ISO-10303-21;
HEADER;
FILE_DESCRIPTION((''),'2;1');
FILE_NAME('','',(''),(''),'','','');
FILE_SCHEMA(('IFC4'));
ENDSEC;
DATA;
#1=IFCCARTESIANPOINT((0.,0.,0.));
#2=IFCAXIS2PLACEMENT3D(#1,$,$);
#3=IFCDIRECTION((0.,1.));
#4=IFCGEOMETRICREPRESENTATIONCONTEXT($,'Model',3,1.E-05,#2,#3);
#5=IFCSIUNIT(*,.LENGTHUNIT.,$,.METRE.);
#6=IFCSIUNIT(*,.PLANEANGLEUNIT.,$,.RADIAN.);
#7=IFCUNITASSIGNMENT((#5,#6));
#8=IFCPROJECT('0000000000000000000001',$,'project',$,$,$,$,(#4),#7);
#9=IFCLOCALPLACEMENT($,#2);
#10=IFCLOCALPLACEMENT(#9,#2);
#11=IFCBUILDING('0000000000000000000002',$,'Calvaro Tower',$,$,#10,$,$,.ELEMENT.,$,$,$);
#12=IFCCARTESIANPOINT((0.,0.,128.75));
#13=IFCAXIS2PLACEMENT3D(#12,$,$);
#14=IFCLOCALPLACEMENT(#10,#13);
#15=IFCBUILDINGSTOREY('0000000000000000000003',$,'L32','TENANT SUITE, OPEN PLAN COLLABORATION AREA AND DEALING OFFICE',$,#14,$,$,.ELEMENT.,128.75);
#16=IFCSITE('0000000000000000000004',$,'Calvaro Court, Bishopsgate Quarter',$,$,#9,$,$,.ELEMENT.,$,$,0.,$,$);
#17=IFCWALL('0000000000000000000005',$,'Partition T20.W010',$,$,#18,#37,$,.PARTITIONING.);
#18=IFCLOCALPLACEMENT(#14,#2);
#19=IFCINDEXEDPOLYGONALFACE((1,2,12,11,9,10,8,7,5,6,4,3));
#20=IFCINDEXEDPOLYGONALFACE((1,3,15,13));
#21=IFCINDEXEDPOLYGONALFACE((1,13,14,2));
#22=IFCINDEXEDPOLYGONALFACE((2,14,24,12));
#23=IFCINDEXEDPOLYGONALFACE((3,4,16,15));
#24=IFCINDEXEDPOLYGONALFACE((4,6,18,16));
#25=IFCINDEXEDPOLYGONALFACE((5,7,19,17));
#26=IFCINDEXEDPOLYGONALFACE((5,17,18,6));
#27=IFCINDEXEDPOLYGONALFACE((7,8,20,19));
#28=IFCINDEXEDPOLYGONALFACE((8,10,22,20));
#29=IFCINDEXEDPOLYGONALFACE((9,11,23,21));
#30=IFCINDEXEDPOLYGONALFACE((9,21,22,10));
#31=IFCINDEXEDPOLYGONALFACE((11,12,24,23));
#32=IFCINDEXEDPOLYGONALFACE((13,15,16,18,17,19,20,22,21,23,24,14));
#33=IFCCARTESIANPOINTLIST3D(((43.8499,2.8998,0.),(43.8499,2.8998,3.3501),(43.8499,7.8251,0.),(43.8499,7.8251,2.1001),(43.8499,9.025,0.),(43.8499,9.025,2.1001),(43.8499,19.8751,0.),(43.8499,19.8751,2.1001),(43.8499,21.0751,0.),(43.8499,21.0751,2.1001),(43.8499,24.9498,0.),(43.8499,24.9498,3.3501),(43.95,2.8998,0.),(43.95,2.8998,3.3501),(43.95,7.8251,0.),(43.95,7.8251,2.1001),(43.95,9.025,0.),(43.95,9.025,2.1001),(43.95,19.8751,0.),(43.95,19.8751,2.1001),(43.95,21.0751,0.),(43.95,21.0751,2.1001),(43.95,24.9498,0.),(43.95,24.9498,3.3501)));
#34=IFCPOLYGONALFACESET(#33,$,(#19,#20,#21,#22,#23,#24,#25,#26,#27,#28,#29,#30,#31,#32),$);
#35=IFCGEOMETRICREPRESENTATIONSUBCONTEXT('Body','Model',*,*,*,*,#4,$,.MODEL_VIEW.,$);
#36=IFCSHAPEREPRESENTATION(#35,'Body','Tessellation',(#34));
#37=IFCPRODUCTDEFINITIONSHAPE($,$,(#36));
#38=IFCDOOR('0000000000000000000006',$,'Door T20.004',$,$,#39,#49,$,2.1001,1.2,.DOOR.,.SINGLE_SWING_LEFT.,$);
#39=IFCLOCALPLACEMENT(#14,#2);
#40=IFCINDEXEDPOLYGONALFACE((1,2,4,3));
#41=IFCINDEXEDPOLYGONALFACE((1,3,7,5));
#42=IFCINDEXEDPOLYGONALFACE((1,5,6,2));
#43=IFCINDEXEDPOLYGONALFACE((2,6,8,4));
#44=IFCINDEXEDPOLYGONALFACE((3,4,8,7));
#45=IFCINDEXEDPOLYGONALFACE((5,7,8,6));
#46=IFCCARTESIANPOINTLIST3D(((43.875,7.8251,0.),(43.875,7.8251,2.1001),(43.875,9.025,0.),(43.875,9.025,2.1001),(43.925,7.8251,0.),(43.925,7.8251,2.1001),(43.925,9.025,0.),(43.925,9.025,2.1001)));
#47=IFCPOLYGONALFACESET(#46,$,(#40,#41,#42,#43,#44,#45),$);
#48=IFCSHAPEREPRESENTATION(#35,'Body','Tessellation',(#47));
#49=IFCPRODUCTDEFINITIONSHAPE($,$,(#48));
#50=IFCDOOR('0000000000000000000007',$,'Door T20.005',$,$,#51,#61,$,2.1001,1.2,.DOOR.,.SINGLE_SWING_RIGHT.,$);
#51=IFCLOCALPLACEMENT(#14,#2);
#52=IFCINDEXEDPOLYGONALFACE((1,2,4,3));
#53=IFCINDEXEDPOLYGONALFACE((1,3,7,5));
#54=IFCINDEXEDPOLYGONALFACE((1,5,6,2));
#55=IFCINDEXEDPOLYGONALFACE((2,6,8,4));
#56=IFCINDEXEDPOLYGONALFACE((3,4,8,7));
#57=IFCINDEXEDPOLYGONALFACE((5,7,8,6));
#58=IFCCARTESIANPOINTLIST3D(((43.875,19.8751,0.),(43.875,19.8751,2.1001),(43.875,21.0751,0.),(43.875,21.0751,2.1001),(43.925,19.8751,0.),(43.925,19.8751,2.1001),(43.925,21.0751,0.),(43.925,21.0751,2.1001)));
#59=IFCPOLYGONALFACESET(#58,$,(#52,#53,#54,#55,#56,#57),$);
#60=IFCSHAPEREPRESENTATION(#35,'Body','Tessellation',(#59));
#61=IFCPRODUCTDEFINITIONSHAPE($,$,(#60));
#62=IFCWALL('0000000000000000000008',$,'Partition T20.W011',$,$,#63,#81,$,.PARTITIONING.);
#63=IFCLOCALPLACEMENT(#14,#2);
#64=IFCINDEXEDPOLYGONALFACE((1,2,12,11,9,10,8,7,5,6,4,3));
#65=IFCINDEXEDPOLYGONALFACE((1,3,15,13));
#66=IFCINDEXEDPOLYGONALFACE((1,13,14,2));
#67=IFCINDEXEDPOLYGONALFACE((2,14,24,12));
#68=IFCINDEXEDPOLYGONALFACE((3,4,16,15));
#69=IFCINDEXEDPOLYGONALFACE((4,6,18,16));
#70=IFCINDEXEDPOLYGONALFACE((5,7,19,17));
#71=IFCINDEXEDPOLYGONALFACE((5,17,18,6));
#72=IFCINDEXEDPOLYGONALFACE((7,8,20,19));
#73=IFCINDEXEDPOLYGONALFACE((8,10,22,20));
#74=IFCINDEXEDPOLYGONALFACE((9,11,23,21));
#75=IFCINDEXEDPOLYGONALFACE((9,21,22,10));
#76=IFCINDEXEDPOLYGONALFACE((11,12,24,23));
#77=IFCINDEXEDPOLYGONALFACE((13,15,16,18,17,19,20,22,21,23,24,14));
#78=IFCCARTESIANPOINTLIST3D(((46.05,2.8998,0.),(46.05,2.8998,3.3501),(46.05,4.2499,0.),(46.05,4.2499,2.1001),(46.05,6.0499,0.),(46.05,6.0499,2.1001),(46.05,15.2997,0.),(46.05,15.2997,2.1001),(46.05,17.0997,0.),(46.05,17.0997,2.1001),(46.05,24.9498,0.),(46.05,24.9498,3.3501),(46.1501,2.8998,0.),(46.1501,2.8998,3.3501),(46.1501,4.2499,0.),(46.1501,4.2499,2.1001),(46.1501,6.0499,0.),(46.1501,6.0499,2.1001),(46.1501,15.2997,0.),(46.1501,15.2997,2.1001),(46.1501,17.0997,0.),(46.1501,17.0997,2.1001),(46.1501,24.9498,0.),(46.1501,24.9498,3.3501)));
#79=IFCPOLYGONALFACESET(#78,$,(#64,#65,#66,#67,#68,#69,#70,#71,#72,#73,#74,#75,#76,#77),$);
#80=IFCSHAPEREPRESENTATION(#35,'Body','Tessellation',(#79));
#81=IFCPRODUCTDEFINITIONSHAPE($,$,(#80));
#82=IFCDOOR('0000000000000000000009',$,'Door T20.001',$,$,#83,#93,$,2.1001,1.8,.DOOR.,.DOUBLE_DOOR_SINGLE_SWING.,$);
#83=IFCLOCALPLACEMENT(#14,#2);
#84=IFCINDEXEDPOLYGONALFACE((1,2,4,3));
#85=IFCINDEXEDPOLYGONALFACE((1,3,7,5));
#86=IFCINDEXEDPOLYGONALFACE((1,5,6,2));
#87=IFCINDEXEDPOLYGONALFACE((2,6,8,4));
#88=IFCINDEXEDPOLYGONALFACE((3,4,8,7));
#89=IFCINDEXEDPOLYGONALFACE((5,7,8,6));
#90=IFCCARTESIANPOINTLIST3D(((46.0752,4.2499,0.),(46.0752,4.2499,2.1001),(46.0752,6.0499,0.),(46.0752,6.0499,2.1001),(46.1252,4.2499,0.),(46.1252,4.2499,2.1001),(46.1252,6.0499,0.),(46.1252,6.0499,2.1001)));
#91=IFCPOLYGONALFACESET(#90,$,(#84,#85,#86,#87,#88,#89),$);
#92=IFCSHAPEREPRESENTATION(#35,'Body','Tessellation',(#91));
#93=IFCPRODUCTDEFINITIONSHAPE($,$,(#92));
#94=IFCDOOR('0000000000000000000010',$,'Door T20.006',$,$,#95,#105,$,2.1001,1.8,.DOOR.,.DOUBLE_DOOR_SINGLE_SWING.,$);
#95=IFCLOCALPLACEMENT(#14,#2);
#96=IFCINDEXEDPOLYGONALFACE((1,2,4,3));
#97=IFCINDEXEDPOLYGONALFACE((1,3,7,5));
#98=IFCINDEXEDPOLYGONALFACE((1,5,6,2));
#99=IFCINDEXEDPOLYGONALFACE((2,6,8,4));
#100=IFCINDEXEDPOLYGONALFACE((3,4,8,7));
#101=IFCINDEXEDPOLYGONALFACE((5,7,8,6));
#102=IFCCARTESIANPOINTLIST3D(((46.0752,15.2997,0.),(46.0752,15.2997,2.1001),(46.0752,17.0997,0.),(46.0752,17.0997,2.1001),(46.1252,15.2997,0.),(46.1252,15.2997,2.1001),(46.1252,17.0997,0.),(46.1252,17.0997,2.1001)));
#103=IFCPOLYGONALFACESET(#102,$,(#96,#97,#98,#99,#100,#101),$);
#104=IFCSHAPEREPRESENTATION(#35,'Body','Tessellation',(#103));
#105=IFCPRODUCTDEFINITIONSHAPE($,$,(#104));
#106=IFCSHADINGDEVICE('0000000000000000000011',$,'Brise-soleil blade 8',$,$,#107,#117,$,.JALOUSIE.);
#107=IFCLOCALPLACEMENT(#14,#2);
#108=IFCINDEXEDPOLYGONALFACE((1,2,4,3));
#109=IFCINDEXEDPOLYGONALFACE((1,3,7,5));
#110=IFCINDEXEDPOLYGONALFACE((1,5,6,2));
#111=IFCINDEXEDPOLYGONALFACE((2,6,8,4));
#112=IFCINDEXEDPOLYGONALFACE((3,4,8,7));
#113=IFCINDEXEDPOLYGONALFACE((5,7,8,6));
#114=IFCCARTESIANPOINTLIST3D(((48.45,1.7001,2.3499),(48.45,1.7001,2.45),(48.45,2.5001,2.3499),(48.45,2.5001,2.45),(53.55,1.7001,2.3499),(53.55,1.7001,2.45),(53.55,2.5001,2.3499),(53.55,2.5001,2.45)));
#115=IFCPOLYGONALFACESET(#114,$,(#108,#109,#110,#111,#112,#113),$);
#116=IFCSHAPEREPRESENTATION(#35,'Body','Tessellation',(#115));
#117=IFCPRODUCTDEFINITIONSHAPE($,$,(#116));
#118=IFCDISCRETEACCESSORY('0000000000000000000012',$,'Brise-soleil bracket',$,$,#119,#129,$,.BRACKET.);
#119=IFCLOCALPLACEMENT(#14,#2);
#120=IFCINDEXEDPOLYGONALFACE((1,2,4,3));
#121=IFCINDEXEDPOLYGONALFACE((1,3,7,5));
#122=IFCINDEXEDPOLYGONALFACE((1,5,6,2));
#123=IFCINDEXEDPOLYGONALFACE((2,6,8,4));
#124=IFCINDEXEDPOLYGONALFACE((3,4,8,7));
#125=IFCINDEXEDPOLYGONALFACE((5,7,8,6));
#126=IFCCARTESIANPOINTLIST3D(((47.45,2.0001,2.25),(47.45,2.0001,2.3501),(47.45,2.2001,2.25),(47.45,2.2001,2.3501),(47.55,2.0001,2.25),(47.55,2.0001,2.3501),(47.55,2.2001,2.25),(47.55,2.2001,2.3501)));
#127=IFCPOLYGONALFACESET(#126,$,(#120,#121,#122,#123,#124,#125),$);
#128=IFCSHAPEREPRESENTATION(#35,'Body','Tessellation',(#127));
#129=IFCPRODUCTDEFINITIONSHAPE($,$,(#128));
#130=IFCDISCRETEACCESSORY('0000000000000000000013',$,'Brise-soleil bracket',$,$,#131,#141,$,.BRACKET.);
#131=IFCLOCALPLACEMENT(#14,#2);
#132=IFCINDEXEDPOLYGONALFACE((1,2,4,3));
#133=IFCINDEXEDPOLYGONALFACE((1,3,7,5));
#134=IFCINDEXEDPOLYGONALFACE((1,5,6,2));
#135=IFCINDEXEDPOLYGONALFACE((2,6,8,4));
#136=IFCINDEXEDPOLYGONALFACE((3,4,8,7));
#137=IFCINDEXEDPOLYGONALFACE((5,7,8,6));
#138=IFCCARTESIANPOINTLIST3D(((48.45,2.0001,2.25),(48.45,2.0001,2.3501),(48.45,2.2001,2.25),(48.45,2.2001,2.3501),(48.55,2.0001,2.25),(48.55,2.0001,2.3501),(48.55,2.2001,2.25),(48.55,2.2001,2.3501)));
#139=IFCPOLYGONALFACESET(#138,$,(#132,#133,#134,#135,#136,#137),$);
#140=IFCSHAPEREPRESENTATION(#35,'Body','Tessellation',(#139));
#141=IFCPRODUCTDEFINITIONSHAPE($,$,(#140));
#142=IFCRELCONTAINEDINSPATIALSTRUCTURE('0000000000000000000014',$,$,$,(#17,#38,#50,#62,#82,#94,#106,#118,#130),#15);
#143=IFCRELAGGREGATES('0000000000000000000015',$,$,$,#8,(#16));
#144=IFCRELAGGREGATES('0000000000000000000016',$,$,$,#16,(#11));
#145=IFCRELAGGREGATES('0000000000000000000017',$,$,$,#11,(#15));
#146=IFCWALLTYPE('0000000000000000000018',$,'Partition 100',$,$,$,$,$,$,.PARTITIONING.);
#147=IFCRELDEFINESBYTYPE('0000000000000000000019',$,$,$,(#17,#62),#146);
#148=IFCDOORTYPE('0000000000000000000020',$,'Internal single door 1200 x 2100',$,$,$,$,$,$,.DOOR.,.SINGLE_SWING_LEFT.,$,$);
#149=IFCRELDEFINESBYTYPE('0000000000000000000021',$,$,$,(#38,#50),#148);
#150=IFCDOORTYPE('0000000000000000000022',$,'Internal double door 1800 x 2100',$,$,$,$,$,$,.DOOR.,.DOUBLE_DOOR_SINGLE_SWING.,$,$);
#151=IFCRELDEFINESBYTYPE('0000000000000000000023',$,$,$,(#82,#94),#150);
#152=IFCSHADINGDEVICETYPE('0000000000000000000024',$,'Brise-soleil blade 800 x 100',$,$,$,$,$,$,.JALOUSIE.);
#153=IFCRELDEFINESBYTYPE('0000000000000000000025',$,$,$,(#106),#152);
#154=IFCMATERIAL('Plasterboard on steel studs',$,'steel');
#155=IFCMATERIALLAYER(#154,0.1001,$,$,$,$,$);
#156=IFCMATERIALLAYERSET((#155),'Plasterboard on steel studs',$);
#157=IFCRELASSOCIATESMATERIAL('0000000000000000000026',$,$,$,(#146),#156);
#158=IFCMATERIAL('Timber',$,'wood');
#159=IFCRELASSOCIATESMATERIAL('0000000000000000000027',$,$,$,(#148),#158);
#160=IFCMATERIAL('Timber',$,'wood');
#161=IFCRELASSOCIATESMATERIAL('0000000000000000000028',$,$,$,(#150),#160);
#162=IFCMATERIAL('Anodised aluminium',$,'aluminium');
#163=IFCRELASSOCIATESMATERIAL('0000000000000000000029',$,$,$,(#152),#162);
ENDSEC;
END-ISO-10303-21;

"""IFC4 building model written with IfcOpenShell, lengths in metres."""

from ifc_helpers import new_model, si_unit, direction, frame, frame_2d, origin, origin_2d, place, context, subcontext, project, spatial, rectangle, extrude, material, layer, layer_set, material_profile, profile_set, type_object, element, fill, save


model = new_model("IFC4")

# Units and contexts
model_context = context("Model", 3, precision=1e-05, world=origin(), true_north=direction((0.0, 1.0)))
body_context = subcontext(model_context, "Body", "Model", "MODEL_VIEW")
ifc_project = project(units=[si_unit("LENGTHUNIT", "METRE"), si_unit("PLANEANGLEUNIT", "RADIAN")], contexts=[model_context])

# Site, building, storey
site_placement = place(None, origin())
site = spatial("IfcSite", under=ifc_project, at=site_placement, Name="Calvaro Court, Bishopsgate Quarter", CompositionType="ELEMENT", RefElevation=0.0)
building_placement = place(site_placement, origin())
building = spatial("IfcBuilding", under=site, at=building_placement, Name="Calvaro Tower", CompositionType="ELEMENT")
storey_placement = place(building_placement, frame((0.0, 0.0, 128.75)))
storey = spatial("IfcBuildingStorey", under=building, at=storey_placement, Name="L32", Description="TENANT SUITE, OPEN PLAN COLLABORATION AREA AND DEALING OFFICE", CompositionType="ELEMENT", Elevation=128.75)

# Walls, openings, doors
ifc_material_1 = material(Name="Plasterboard on steel studs", Category="steel")
ifc_layer_1 = layer(ifc_material_1, 0.1001)
ifc_layer_set_1 = layer_set([ifc_layer_1], Name="Plasterboard on steel studs")
wall_type = type_object("IfcWallType", Name="Partition 100", PredefinedType="PARTITIONING", material=ifc_layer_set_1)
wall_1_placement = place(storey_placement, frame((43.8999, 2.8999, 0.0), z_axis=(0.0, 0.0, 1.0), x_axis=(0.0, 1.0, 0.0)))
wall_1 = element("IfcWall", 1, at=wall_1_placement, inside=storey, type_object=wall_type, Name="Partition T20.W010", PredefinedType="PARTITIONING", context=body_context, shape_type="SweptSolid", body=[
    extrude(rectangle(XDim=22.05, YDim=0.1001, at=frame_2d((11.0249, 0.0))), origin(), (0.0, 0.0, 1.0), 3.3501),
])
opening_1_placement = place(wall_1_placement, frame((4.925, 0.0, 0.0)))
opening_1 = element("IfcOpeningElement", 2, at=opening_1_placement, cuts=wall_1, PredefinedType="OPENING", context=body_context, shape_type="SweptSolid", body=[
    extrude(rectangle(XDim=1.2, YDim=2.1001, at=frame_2d((0.6001, 1.05))), frame((0.0, 0.0601, 0.0), z_axis=(0.0, -1.0, 0.0), x_axis=(1.0, 0.0, 0.0)), (0.0, 0.0, 1.0), 0.1201),
])
opening_2_placement = place(wall_1_placement, frame((16.9751, 0.0, 0.0)))
opening_2 = element("IfcOpeningElement", 3, at=opening_2_placement, cuts=wall_1, PredefinedType="OPENING", context=body_context, shape_type="SweptSolid", body=[
    extrude(rectangle(XDim=1.2, YDim=2.1001, at=frame_2d((0.6001, 1.05))), frame((0.0, 0.0601, 0.0), z_axis=(0.0, -1.0, 0.0), x_axis=(1.0, 0.0, 0.0)), (0.0, 0.0, 1.0), 0.1201),
])
ifc_material_2 = material(Name="Timber", Category="wood")
door_type_1 = type_object("IfcDoorType", Name="Internal single door 1200 x 2100", OperationType="SINGLE_SWING_LEFT", PredefinedType="DOOR", material=ifc_material_2)
door_1_placement = place(opening_1_placement, origin())
door_1 = element("IfcDoor", 4, at=door_1_placement, inside=storey, type_object=door_type_1, Name="Door T20.004", OperationType="SINGLE_SWING_LEFT", OverallHeight=2.1001, OverallWidth=1.2, PredefinedType="DOOR", context=body_context, shape_type="SweptSolid", body=[
    extrude(rectangle(XDim=1.2, YDim=2.1001, at=frame_2d((0.6001, 1.05))), frame((0.0, 0.0249, 0.0), z_axis=(0.0, -1.0, 0.0), x_axis=(1.0, 0.0, 0.0)), (0.0, 0.0, 1.0), 0.05),
])
fill(opening_1, door_1)
door_2_placement = place(opening_2_placement, origin())
door_2 = element("IfcDoor", 5, at=door_2_placement, inside=storey, type_object=door_type_1, Name="Door T20.005", OperationType="SINGLE_SWING_RIGHT", OverallHeight=2.1001, OverallWidth=1.2, PredefinedType="DOOR", context=body_context, shape_type="SweptSolid", body=[
    extrude(rectangle(XDim=1.2, YDim=2.1001, at=frame_2d((0.6001, 1.05))), frame((0.0, 0.0249, 0.0), z_axis=(0.0, -1.0, 0.0), x_axis=(1.0, 0.0, 0.0)), (0.0, 0.0, 1.0), 0.05),
])
fill(opening_2, door_2)
wall_2_placement = place(storey_placement, frame((46.1001, 2.8999, 0.0), z_axis=(0.0, 0.0, 1.0), x_axis=(0.0, 1.0, 0.0)))
wall_2 = element("IfcWall", 6, at=wall_2_placement, inside=storey, type_object=wall_type, Name="Partition T20.W011", PredefinedType="PARTITIONING", context=body_context, shape_type="SweptSolid", body=[
    extrude(rectangle(XDim=22.05, YDim=0.1001, at=frame_2d((11.0249, 0.0))), origin(), (0.0, 0.0, 1.0), 3.3501),
])
opening_3_placement = place(wall_2_placement, frame((1.3501, 0.0, 0.0)))
opening_3 = element("IfcOpeningElement", 7, at=opening_3_placement, cuts=wall_2, PredefinedType="OPENING", context=body_context, shape_type="SweptSolid", body=[
    extrude(rectangle(XDim=1.8, YDim=2.1001, at=frame_2d((0.8999, 1.05))), frame((0.0, 0.0601, 0.0), z_axis=(0.0, -1.0, 0.0), x_axis=(1.0, 0.0, 0.0)), (0.0, 0.0, 1.0), 0.1201),
])
opening_4_placement = place(wall_2_placement, frame((12.3999, 0.0, 0.0)))
opening_4 = element("IfcOpeningElement", 8, at=opening_4_placement, cuts=wall_2, PredefinedType="OPENING", context=body_context, shape_type="SweptSolid", body=[
    extrude(rectangle(XDim=1.8, YDim=2.1001, at=frame_2d((0.8999, 1.05))), frame((0.0, 0.0601, 0.0), z_axis=(0.0, -1.0, 0.0), x_axis=(1.0, 0.0, 0.0)), (0.0, 0.0, 1.0), 0.1201),
])
ifc_material_3 = material(Name="Timber", Category="wood")
door_type_2 = type_object("IfcDoorType", Name="Internal double door 1800 x 2100", OperationType="DOUBLE_DOOR_SINGLE_SWING", PredefinedType="DOOR", material=ifc_material_3)
door_3_placement = place(opening_3_placement, origin())
door_3 = element("IfcDoor", 9, at=door_3_placement, inside=storey, type_object=door_type_2, Name="Door T20.001", OperationType="DOUBLE_DOOR_SINGLE_SWING", OverallHeight=2.1001, OverallWidth=1.8, PredefinedType="DOOR", context=body_context, shape_type="SweptSolid", body=[
    extrude(rectangle(XDim=1.8, YDim=2.1001, at=frame_2d((0.8999, 1.05))), frame((0.0, 0.0249, 0.0), z_axis=(0.0, -1.0, 0.0), x_axis=(1.0, 0.0, 0.0)), (0.0, 0.0, 1.0), 0.05),
])
fill(opening_3, door_3)
door_4_placement = place(opening_4_placement, origin())
door_4 = element("IfcDoor", 10, at=door_4_placement, inside=storey, type_object=door_type_2, Name="Door T20.006", OperationType="DOUBLE_DOOR_SINGLE_SWING", OverallHeight=2.1001, OverallWidth=1.8, PredefinedType="DOOR", context=body_context, shape_type="SweptSolid", body=[
    extrude(rectangle(XDim=1.8, YDim=2.1001, at=frame_2d((0.8999, 1.05))), frame((0.0, 0.0249, 0.0), z_axis=(0.0, -1.0, 0.0), x_axis=(1.0, 0.0, 0.0)), (0.0, 0.0, 1.0), 0.05),
])
fill(opening_4, door_4)

# Shading device
ifc_material_4 = material(Name="Anodised aluminium", Category="aluminium")
ifc_material_profile_1 = material_profile(ifc_material_4, rectangle(XDim=0.8, YDim=0.1001, at=origin_2d()), Name="Brise-soleil blade 800 x 100")
ifc_profile_set_1 = profile_set([ifc_material_profile_1], Name="Anodised aluminium")
shading_device_type = type_object("IfcShadingDeviceType", Name="Brise-soleil blade 800 x 100", PredefinedType="JALOUSIE", material=ifc_profile_set_1)
shading_device_placement = place(storey_placement, frame((48.45, 2.1001, 2.3999), z_axis=(1.0, 0.0, 0.0), x_axis=(0.0, 1.0, 0.0)))
element("IfcShadingDevice", 11, at=shading_device_placement, inside=storey, type_object=shading_device_type, Name="Brise-soleil blade 8", PredefinedType="JALOUSIE", context=body_context, shape_type="SweptSolid", body=[
    extrude(rectangle(XDim=0.8, YDim=0.1001, at=origin_2d()), origin(), (0.0, 0.0, 1.0), 5.1001),
])

# Discrete accessories
for number, where, z_axis, x_axis, name in (
    (12, (47.5, 2.1001, 2.25), (0.0, 0.0, 1.0), (1.0, 0.0, 0.0), "Brise-soleil bracket"),
    (13, (48.5, 2.1001, 2.25), (0.0, 0.0, 1.0), (1.0, 0.0, 0.0), "Brise-soleil bracket"),
):
    element("IfcDiscreteAccessory", number, at=place(storey_placement, frame(where, z_axis=z_axis, x_axis=x_axis)), inside=storey, Name=name, PredefinedType="BRACKET", context=body_context, shape_type="SweptSolid", body=[
        extrude(rectangle(XDim=0.1001, YDim=0.2, at=origin_2d()), origin(), (0.0, 0.0, 1.0), 0.1001),
    ])

save(model, "model.ifc")
